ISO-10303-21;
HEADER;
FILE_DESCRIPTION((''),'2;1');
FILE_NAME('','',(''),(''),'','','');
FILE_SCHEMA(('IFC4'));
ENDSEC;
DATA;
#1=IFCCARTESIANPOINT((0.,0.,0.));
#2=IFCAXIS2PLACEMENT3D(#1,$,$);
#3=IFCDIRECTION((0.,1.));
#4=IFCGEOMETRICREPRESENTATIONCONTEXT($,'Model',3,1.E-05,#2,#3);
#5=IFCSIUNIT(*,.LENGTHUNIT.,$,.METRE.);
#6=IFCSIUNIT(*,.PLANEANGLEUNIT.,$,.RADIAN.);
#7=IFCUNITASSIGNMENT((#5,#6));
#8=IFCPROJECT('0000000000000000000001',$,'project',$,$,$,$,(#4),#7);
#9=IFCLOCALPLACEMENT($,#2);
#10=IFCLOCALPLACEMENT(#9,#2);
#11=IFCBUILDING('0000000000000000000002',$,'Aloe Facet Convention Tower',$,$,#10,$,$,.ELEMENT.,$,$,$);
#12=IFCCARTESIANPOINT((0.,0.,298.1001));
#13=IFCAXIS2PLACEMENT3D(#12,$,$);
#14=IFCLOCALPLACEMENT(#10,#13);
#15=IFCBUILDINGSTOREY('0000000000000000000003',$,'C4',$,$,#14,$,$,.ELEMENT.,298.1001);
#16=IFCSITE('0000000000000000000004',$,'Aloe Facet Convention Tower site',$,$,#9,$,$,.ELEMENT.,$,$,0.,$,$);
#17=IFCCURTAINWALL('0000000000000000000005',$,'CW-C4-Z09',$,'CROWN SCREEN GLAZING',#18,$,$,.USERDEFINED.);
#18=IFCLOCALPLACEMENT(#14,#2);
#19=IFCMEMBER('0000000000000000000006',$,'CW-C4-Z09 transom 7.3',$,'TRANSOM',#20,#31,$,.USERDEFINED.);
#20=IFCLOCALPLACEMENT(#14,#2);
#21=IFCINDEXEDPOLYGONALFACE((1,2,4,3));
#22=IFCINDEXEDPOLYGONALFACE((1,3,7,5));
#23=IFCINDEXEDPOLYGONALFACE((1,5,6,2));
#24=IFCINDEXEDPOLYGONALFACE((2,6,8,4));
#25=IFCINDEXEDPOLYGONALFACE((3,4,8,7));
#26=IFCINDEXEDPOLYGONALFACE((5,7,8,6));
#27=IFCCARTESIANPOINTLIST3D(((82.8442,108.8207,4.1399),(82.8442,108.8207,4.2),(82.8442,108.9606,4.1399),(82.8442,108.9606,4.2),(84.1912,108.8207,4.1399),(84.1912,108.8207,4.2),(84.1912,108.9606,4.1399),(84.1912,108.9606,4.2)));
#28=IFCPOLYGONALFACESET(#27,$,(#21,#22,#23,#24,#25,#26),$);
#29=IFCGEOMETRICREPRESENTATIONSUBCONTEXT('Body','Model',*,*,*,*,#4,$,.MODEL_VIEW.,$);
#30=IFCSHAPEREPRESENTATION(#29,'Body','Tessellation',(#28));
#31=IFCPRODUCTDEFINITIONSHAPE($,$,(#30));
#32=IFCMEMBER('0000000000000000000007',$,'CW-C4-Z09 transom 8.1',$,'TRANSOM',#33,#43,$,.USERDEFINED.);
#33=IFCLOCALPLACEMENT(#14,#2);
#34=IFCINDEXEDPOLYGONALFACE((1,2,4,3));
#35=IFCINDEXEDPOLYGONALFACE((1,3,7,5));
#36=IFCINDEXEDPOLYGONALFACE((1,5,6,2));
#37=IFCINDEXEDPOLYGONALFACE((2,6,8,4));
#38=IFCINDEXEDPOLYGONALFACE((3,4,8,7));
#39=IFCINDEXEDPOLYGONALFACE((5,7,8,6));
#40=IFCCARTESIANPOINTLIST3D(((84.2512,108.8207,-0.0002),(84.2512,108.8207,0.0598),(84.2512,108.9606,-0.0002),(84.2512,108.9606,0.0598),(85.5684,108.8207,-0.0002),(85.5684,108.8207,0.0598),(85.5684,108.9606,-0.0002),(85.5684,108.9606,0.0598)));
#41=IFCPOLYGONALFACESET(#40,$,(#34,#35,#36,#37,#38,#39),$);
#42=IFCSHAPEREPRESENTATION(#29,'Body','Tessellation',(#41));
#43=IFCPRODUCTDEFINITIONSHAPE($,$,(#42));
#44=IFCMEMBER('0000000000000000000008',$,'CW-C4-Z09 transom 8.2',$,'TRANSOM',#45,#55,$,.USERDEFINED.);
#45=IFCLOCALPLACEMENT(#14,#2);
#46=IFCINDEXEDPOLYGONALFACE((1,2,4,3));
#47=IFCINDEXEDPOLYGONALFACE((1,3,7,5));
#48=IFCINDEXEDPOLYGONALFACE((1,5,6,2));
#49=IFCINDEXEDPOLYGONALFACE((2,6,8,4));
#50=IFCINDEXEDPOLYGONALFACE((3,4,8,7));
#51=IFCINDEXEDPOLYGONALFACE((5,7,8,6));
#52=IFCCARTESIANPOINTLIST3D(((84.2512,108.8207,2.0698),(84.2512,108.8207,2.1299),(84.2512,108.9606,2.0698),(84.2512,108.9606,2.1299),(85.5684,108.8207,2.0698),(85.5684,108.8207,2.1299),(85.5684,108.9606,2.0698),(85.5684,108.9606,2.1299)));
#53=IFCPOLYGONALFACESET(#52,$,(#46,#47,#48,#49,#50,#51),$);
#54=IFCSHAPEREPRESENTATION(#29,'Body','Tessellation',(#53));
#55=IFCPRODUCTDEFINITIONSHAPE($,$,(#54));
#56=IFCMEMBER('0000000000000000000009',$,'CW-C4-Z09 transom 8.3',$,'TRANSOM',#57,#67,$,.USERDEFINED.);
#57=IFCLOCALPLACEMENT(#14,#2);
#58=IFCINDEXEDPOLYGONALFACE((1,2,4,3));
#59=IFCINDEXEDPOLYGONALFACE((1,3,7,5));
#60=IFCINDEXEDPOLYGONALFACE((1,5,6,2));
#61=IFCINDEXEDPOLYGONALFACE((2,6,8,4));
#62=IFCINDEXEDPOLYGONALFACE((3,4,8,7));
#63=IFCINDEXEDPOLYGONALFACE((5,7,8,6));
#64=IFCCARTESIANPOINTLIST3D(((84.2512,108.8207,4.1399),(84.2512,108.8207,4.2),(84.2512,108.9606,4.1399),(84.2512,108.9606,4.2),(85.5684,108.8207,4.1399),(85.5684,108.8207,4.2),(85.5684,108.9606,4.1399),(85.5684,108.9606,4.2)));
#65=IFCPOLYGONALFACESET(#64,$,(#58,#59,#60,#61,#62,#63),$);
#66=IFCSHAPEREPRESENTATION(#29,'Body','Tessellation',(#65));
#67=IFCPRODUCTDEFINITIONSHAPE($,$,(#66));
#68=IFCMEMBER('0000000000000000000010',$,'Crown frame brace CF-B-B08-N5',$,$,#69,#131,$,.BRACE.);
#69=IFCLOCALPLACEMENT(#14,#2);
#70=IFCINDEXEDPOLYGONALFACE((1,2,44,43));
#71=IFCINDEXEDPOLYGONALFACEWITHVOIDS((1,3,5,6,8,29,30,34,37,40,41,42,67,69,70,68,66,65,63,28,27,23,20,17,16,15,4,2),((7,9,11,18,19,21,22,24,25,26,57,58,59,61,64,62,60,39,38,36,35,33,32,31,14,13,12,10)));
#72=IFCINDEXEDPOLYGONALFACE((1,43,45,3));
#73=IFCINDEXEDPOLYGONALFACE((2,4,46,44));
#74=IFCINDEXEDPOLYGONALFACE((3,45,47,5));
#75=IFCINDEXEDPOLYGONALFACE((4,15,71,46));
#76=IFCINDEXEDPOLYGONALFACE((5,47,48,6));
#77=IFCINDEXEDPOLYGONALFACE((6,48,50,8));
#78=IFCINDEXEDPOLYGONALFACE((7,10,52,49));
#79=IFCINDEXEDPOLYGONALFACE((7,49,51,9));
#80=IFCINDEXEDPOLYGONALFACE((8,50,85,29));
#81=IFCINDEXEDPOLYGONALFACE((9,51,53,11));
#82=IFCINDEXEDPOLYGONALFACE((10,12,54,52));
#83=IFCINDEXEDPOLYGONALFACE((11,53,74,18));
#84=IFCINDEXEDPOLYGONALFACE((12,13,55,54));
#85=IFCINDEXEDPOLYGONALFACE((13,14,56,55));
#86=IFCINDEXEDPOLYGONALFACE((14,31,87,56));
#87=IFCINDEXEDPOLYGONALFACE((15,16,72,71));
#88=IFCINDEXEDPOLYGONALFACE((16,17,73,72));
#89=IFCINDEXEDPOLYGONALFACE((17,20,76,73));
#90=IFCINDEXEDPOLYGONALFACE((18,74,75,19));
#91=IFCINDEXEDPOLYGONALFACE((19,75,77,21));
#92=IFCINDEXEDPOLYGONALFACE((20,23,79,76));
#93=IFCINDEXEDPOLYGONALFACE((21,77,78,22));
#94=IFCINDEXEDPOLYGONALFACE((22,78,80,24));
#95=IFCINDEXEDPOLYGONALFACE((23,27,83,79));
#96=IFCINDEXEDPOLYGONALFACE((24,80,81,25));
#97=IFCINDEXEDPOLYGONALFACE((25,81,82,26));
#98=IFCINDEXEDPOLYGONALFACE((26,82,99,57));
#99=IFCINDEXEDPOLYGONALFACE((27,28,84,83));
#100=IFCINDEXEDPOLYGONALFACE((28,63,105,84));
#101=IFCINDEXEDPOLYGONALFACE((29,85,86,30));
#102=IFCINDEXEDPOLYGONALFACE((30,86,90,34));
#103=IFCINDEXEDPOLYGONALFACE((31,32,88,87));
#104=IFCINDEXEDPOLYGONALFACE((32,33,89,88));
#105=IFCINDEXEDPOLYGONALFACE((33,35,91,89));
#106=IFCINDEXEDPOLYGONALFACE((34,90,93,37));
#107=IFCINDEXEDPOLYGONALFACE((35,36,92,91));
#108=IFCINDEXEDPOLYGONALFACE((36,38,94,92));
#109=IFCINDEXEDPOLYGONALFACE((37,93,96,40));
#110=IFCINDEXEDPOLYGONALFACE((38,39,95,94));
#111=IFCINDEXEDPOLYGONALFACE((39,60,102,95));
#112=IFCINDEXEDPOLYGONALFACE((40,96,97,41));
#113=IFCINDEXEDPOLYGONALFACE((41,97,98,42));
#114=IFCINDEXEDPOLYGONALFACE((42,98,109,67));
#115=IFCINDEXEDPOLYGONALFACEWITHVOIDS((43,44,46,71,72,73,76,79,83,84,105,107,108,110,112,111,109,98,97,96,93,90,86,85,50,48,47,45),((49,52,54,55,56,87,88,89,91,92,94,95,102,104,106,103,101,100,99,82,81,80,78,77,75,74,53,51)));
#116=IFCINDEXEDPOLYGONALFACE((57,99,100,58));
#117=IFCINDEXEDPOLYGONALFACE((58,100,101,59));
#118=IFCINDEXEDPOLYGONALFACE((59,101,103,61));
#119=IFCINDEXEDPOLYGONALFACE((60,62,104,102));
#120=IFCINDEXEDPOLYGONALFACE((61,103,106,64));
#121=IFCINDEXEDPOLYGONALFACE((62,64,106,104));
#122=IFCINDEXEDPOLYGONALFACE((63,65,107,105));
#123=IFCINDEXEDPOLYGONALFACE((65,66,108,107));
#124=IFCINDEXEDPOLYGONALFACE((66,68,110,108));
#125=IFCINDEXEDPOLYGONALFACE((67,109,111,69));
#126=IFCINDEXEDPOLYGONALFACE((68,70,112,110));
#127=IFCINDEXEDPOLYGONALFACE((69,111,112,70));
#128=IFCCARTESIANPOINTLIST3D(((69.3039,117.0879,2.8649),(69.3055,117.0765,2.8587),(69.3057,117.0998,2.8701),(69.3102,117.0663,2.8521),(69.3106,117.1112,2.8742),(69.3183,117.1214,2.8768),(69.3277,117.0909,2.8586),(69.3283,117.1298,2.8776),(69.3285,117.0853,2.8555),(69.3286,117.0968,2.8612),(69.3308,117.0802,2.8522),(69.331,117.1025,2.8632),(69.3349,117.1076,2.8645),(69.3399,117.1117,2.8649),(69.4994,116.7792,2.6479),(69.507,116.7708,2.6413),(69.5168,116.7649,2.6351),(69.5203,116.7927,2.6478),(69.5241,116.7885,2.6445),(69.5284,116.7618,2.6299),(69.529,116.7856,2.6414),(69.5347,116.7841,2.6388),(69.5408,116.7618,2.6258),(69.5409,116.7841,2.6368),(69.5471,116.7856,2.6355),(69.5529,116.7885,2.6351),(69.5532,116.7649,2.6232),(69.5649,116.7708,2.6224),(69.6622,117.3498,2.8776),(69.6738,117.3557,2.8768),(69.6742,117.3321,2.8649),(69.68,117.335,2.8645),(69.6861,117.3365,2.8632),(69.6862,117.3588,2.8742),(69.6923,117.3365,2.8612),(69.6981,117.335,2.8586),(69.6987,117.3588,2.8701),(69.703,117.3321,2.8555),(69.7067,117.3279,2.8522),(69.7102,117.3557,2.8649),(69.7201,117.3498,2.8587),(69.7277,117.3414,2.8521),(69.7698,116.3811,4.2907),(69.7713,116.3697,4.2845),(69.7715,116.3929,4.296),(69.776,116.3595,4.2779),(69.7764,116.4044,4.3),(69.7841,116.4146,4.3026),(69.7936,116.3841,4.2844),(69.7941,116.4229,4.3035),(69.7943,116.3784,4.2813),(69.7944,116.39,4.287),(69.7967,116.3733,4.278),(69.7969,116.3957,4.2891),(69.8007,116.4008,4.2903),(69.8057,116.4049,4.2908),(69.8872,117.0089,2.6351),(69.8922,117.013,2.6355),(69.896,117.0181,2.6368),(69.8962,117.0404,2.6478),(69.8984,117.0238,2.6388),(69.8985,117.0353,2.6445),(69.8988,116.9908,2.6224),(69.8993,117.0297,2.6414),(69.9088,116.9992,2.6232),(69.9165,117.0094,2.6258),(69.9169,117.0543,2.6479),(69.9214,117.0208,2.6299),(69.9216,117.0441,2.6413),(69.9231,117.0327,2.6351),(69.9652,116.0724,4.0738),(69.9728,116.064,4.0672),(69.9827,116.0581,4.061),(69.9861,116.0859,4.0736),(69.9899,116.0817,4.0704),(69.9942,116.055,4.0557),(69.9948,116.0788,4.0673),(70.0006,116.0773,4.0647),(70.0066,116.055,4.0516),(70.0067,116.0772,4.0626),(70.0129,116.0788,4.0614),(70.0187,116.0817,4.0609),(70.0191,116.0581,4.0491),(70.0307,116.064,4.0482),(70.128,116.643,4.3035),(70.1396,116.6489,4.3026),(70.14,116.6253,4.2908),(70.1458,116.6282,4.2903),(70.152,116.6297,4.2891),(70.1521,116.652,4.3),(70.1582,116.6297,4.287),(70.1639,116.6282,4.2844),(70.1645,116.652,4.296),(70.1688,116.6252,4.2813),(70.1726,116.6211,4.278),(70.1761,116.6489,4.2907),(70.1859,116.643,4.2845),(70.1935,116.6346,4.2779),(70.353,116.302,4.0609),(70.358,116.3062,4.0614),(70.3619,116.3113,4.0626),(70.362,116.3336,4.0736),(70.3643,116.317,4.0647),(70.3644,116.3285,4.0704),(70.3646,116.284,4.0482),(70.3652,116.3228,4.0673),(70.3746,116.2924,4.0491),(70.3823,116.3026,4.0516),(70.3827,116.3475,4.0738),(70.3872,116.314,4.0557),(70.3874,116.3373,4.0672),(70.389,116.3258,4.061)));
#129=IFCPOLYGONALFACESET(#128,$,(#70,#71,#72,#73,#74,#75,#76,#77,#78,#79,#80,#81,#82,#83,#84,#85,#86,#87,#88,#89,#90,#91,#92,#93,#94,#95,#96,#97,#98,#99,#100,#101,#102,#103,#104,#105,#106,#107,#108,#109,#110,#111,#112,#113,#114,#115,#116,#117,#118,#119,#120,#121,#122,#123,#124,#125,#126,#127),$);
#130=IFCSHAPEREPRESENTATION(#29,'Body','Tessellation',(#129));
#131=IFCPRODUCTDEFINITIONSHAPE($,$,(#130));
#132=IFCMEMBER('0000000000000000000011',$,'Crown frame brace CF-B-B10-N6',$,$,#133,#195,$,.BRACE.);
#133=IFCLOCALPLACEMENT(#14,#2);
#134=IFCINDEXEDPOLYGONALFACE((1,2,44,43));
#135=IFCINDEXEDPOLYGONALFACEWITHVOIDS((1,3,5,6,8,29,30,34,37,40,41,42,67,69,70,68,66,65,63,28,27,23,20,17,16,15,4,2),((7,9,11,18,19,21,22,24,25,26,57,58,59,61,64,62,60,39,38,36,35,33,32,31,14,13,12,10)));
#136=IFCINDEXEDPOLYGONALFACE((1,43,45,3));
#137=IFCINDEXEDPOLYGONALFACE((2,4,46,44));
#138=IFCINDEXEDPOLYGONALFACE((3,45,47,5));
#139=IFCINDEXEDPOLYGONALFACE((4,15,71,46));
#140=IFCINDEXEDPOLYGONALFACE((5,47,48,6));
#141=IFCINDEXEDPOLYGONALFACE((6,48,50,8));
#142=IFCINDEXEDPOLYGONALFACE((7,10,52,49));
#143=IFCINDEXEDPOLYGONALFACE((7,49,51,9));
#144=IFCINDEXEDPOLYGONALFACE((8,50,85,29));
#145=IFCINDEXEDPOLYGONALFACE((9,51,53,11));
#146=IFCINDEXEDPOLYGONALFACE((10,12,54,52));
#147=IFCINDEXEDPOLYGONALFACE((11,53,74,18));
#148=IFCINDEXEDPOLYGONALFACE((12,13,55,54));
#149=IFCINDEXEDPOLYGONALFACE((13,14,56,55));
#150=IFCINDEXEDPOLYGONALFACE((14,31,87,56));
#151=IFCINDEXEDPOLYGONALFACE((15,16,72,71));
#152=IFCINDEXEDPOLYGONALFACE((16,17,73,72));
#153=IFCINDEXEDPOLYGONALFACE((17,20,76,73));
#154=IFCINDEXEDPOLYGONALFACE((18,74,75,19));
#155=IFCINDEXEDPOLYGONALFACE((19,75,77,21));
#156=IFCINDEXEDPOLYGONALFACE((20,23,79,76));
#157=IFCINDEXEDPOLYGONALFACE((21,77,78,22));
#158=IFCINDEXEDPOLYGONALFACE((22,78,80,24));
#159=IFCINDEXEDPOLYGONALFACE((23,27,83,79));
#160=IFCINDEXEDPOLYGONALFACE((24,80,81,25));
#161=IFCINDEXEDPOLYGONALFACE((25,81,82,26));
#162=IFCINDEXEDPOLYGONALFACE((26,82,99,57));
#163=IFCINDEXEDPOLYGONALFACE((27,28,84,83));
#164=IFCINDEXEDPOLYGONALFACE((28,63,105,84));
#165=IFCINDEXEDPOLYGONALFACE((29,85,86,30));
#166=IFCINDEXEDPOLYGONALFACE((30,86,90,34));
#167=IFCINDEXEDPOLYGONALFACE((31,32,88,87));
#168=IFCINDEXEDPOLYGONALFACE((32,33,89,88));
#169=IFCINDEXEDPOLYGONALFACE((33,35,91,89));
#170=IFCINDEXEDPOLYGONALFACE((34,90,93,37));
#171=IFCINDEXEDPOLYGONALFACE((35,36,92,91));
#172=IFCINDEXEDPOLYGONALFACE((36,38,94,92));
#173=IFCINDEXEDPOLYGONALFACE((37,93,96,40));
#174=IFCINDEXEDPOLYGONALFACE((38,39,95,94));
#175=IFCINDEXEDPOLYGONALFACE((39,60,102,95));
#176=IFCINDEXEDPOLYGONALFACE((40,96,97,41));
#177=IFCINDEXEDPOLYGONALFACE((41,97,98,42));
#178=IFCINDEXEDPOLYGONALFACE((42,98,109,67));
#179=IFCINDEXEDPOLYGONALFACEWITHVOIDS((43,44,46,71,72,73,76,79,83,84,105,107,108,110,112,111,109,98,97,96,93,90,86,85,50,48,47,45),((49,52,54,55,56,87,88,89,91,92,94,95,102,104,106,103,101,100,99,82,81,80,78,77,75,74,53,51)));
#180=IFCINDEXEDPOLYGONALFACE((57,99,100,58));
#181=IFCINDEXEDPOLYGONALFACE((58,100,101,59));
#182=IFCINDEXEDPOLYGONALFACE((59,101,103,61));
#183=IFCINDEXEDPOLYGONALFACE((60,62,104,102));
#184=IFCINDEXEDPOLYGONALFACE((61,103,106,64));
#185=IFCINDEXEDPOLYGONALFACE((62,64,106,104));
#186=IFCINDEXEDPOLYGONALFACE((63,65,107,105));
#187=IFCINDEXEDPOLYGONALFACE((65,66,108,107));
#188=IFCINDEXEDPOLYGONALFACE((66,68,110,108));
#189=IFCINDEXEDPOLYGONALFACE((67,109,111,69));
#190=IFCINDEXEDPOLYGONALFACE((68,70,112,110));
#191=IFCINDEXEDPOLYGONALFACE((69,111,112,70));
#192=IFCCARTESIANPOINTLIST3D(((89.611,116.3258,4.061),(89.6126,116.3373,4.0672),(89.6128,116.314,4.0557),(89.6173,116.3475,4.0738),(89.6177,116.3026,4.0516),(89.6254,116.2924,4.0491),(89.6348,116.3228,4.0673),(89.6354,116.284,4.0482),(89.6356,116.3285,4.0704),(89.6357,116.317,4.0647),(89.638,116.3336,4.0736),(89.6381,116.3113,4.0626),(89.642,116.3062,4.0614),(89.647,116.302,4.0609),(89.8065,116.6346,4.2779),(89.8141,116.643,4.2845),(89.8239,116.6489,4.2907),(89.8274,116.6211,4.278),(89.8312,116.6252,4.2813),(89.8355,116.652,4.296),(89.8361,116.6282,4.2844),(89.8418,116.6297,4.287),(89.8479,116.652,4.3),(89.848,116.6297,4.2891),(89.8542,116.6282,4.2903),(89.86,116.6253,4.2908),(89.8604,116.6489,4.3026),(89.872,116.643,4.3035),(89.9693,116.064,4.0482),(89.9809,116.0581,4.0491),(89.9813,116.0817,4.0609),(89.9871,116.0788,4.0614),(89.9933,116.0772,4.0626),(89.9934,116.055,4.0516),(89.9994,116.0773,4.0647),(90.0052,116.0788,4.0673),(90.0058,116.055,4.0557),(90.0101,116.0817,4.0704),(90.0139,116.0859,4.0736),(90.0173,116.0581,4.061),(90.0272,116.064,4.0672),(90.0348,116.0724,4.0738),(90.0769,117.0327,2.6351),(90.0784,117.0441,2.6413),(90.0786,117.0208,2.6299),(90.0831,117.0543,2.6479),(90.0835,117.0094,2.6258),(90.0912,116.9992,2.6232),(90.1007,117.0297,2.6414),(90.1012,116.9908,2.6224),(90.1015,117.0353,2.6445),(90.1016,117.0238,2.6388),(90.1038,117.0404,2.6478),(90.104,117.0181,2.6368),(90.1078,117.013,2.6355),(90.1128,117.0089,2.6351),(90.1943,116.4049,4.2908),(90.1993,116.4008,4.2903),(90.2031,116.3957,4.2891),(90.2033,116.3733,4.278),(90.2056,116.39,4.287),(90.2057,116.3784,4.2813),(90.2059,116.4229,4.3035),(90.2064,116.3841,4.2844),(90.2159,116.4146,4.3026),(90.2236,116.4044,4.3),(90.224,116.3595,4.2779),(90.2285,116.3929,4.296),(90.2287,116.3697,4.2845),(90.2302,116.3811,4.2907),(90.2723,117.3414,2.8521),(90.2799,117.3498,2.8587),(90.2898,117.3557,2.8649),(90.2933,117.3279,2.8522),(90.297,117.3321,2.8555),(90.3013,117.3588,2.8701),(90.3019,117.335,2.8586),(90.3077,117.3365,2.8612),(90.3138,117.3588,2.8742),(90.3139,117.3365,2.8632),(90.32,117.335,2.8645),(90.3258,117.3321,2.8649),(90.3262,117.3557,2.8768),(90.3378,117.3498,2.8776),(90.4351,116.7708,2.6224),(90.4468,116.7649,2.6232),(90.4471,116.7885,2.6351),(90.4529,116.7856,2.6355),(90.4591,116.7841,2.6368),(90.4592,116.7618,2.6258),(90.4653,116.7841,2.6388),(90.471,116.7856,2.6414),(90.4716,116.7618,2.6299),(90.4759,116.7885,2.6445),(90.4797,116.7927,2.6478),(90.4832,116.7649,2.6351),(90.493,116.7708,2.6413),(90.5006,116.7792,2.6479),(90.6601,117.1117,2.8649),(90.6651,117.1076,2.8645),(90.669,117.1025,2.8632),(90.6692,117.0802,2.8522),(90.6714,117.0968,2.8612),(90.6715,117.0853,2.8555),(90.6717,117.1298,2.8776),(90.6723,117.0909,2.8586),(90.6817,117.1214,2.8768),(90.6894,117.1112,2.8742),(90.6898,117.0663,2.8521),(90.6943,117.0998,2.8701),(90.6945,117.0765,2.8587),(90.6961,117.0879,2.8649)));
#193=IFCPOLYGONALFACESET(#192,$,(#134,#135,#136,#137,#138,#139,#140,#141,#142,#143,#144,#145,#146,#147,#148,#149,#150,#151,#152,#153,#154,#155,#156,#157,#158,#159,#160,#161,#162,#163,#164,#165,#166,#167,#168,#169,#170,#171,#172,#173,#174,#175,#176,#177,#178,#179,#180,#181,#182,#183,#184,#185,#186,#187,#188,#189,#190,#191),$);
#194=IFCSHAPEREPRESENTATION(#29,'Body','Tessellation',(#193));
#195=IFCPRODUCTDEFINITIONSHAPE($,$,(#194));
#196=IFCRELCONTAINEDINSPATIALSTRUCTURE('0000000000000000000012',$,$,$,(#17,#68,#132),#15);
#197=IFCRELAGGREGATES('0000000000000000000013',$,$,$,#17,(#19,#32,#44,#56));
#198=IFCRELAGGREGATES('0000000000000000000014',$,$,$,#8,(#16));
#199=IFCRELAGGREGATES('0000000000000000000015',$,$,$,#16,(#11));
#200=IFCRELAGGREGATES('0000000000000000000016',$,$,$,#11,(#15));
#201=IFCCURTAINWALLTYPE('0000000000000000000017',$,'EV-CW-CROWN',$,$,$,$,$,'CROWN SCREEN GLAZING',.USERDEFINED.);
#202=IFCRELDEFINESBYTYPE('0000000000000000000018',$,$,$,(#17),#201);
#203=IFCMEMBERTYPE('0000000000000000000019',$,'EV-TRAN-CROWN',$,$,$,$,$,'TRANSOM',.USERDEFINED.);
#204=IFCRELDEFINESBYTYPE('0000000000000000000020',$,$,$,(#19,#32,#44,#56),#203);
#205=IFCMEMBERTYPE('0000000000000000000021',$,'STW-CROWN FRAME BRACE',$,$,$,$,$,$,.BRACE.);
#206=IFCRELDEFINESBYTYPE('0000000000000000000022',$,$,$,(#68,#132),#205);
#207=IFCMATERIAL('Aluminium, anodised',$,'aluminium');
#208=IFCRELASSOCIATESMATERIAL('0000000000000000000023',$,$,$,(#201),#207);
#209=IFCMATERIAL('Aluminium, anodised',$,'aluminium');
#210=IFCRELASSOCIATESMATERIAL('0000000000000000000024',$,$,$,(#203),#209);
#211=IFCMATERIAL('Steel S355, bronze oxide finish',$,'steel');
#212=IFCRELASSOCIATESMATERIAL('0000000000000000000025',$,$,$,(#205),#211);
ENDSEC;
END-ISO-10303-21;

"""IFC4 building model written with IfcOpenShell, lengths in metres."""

from ifc_helpers import new_model, si_unit, direction, frame, origin, origin_2d, place, context, subcontext, project, spatial, rectangle, hollow_rectangle, extrude, material, material_profile, profile_set, type_object, element, aggregate, save


model = new_model("IFC4")

# Units and contexts
model_context = context("Model", 3, precision=1e-05, world=origin(), true_north=direction((0.0, 1.0)))
body_context = subcontext(model_context, "Body", "Model", "MODEL_VIEW")
ifc_project = project(units=[si_unit("LENGTHUNIT", "METRE"), si_unit("PLANEANGLEUNIT", "RADIAN")], contexts=[model_context])

# Site, building, storey
site_placement = place(None, origin())
site = spatial("IfcSite", under=ifc_project, at=site_placement, Name="Aloe Facet Convention Tower site", CompositionType="ELEMENT", RefElevation=0.0)
building_placement = place(site_placement, origin())
building = spatial("IfcBuilding", under=site, at=building_placement, Name="Aloe Facet Convention Tower", CompositionType="ELEMENT")
storey_placement = place(building_placement, frame((0.0, 0.0, 298.1001)))
storey = spatial("IfcBuildingStorey", under=building, at=storey_placement, Name="C4", CompositionType="ELEMENT", Elevation=298.1001)

# Curtain wall, members
ifc_material_1 = material(Name="Aluminium, anodised", Category="aluminium")
curtain_wall_type = type_object("IfcCurtainWallType", Name="EV-CW-CROWN", ElementType="CROWN SCREEN GLAZING", PredefinedType="USERDEFINED", material=ifc_material_1)
curtain_wall_placement = place(storey_placement, origin())
curtain_wall = element("IfcCurtainWall", 1, at=curtain_wall_placement, inside=storey, type_object=curtain_wall_type, Name="CW-C4-Z09", ObjectType="CROWN SCREEN GLAZING", PredefinedType="USERDEFINED")
ifc_material_2 = material(Name="Aluminium, anodised", Category="aluminium")
ifc_material_profile_1 = material_profile(ifc_material_2, rectangle(XDim=0.1399, YDim=0.0601, at=origin_2d()), Name="AL 140x60")
ifc_profile_set_1 = profile_set([ifc_material_profile_1], Name="Aluminium, anodised")
member_type_1 = type_object("IfcMemberType", Name="EV-TRAN-CROWN", ElementType="TRANSOM", PredefinedType="USERDEFINED", material=ifc_profile_set_1)
member_1_placement = place(storey_placement, frame((82.8442, 108.8906, 4.1699), z_axis=(1.0, 0.0, 0.0), x_axis=(0.0, 1.0, 0.0)))
member_1 = element("IfcMember", 2, at=member_1_placement, type_object=member_type_1, Name="CW-C4-Z09 transom 7.3", ObjectType="TRANSOM", PredefinedType="USERDEFINED", context=body_context, shape_type="SweptSolid", body=[
    extrude(rectangle(XDim=0.1399, YDim=0.0601, at=origin_2d()), origin(), (0.0, 0.0, 1.0), 1.3469),
])
member_2_placement = place(storey_placement, frame((84.2512, 108.8906, 0.0298), z_axis=(1.0, 0.0, 0.0), x_axis=(0.0, 1.0, 0.0)))
member_2 = element("IfcMember", 3, at=member_2_placement, type_object=member_type_1, Name="CW-C4-Z09 transom 8.1", ObjectType="TRANSOM", PredefinedType="USERDEFINED", context=body_context, shape_type="SweptSolid", body=[
    extrude(rectangle(XDim=0.1399, YDim=0.0601, at=origin_2d()), origin(), (0.0, 0.0, 1.0), 1.3171),
])
member_3_placement = place(storey_placement, frame((84.2512, 108.8906, 2.0999), z_axis=(1.0, 0.0, 0.0), x_axis=(0.0, 1.0, 0.0)))
member_3 = element("IfcMember", 4, at=member_3_placement, type_object=member_type_1, Name="CW-C4-Z09 transom 8.2", ObjectType="TRANSOM", PredefinedType="USERDEFINED", context=body_context, shape_type="SweptSolid", body=[
    extrude(rectangle(XDim=0.1399, YDim=0.0601, at=origin_2d()), origin(), (0.0, 0.0, 1.0), 1.3171),
])
member_4_placement = place(storey_placement, frame((84.2512, 108.8906, 4.1699), z_axis=(1.0, 0.0, 0.0), x_axis=(0.0, 1.0, 0.0)))
member_4 = element("IfcMember", 5, at=member_4_placement, type_object=member_type_1, Name="CW-C4-Z09 transom 8.3", ObjectType="TRANSOM", PredefinedType="USERDEFINED", context=body_context, shape_type="SweptSolid", body=[
    extrude(rectangle(XDim=0.1399, YDim=0.0601, at=origin_2d()), origin(), (0.0, 0.0, 1.0), 1.3171),
])

# Members
ifc_material_3 = material(Name="Steel S355, bronze oxide finish", Category="steel")
ifc_material_profile_2 = material_profile(ifc_material_3, hollow_rectangle(XDim=0.5, YDim=0.5, WallThickness=0.0249, InnerFilletRadius=0.0249, OuterFilletRadius=0.05, at=origin_2d()), Name="SHS 500x500x25")
ifc_profile_set_2 = profile_set([ifc_material_profile_2], Name="Steel S355, bronze oxide finish")
member_type_2 = type_object("IfcMemberType", Name="STW-CROWN FRAME BRACE", PredefinedType="BRACE", material=ifc_profile_set_2)
for number, where, z_axis, x_axis, name in (
    (6, (69.6135, 117.0603, 2.75), (0.280931, -0.426256, 0.859874), (0.834967, 0.5503, 0.0), "Crown frame brace CF-B-B08-N5"),
    (7, (90.3865, 117.0603, 2.75), (-0.280931, -0.426256, 0.859874), (0.834967, -0.5503, 0.0), "Crown frame brace CF-B-B10-N6"),
):
    element("IfcMember", number, at=place(storey_placement, frame(where, z_axis=z_axis, x_axis=x_axis)), inside=storey, type_object=member_type_2, Name=name, PredefinedType="BRACE", context=body_context, shape_type="SweptSolid", body=[
        extrude(hollow_rectangle(XDim=0.5, YDim=0.5, WallThickness=0.0249, InnerFilletRadius=0.0249, OuterFilletRadius=0.05, at=origin_2d()), origin(), (0.0, 0.0, 1.0), 1.6582),
    ])

aggregate(curtain_wall, [member_1, member_2, member_3, member_4])

save(model, "model.ifc")
